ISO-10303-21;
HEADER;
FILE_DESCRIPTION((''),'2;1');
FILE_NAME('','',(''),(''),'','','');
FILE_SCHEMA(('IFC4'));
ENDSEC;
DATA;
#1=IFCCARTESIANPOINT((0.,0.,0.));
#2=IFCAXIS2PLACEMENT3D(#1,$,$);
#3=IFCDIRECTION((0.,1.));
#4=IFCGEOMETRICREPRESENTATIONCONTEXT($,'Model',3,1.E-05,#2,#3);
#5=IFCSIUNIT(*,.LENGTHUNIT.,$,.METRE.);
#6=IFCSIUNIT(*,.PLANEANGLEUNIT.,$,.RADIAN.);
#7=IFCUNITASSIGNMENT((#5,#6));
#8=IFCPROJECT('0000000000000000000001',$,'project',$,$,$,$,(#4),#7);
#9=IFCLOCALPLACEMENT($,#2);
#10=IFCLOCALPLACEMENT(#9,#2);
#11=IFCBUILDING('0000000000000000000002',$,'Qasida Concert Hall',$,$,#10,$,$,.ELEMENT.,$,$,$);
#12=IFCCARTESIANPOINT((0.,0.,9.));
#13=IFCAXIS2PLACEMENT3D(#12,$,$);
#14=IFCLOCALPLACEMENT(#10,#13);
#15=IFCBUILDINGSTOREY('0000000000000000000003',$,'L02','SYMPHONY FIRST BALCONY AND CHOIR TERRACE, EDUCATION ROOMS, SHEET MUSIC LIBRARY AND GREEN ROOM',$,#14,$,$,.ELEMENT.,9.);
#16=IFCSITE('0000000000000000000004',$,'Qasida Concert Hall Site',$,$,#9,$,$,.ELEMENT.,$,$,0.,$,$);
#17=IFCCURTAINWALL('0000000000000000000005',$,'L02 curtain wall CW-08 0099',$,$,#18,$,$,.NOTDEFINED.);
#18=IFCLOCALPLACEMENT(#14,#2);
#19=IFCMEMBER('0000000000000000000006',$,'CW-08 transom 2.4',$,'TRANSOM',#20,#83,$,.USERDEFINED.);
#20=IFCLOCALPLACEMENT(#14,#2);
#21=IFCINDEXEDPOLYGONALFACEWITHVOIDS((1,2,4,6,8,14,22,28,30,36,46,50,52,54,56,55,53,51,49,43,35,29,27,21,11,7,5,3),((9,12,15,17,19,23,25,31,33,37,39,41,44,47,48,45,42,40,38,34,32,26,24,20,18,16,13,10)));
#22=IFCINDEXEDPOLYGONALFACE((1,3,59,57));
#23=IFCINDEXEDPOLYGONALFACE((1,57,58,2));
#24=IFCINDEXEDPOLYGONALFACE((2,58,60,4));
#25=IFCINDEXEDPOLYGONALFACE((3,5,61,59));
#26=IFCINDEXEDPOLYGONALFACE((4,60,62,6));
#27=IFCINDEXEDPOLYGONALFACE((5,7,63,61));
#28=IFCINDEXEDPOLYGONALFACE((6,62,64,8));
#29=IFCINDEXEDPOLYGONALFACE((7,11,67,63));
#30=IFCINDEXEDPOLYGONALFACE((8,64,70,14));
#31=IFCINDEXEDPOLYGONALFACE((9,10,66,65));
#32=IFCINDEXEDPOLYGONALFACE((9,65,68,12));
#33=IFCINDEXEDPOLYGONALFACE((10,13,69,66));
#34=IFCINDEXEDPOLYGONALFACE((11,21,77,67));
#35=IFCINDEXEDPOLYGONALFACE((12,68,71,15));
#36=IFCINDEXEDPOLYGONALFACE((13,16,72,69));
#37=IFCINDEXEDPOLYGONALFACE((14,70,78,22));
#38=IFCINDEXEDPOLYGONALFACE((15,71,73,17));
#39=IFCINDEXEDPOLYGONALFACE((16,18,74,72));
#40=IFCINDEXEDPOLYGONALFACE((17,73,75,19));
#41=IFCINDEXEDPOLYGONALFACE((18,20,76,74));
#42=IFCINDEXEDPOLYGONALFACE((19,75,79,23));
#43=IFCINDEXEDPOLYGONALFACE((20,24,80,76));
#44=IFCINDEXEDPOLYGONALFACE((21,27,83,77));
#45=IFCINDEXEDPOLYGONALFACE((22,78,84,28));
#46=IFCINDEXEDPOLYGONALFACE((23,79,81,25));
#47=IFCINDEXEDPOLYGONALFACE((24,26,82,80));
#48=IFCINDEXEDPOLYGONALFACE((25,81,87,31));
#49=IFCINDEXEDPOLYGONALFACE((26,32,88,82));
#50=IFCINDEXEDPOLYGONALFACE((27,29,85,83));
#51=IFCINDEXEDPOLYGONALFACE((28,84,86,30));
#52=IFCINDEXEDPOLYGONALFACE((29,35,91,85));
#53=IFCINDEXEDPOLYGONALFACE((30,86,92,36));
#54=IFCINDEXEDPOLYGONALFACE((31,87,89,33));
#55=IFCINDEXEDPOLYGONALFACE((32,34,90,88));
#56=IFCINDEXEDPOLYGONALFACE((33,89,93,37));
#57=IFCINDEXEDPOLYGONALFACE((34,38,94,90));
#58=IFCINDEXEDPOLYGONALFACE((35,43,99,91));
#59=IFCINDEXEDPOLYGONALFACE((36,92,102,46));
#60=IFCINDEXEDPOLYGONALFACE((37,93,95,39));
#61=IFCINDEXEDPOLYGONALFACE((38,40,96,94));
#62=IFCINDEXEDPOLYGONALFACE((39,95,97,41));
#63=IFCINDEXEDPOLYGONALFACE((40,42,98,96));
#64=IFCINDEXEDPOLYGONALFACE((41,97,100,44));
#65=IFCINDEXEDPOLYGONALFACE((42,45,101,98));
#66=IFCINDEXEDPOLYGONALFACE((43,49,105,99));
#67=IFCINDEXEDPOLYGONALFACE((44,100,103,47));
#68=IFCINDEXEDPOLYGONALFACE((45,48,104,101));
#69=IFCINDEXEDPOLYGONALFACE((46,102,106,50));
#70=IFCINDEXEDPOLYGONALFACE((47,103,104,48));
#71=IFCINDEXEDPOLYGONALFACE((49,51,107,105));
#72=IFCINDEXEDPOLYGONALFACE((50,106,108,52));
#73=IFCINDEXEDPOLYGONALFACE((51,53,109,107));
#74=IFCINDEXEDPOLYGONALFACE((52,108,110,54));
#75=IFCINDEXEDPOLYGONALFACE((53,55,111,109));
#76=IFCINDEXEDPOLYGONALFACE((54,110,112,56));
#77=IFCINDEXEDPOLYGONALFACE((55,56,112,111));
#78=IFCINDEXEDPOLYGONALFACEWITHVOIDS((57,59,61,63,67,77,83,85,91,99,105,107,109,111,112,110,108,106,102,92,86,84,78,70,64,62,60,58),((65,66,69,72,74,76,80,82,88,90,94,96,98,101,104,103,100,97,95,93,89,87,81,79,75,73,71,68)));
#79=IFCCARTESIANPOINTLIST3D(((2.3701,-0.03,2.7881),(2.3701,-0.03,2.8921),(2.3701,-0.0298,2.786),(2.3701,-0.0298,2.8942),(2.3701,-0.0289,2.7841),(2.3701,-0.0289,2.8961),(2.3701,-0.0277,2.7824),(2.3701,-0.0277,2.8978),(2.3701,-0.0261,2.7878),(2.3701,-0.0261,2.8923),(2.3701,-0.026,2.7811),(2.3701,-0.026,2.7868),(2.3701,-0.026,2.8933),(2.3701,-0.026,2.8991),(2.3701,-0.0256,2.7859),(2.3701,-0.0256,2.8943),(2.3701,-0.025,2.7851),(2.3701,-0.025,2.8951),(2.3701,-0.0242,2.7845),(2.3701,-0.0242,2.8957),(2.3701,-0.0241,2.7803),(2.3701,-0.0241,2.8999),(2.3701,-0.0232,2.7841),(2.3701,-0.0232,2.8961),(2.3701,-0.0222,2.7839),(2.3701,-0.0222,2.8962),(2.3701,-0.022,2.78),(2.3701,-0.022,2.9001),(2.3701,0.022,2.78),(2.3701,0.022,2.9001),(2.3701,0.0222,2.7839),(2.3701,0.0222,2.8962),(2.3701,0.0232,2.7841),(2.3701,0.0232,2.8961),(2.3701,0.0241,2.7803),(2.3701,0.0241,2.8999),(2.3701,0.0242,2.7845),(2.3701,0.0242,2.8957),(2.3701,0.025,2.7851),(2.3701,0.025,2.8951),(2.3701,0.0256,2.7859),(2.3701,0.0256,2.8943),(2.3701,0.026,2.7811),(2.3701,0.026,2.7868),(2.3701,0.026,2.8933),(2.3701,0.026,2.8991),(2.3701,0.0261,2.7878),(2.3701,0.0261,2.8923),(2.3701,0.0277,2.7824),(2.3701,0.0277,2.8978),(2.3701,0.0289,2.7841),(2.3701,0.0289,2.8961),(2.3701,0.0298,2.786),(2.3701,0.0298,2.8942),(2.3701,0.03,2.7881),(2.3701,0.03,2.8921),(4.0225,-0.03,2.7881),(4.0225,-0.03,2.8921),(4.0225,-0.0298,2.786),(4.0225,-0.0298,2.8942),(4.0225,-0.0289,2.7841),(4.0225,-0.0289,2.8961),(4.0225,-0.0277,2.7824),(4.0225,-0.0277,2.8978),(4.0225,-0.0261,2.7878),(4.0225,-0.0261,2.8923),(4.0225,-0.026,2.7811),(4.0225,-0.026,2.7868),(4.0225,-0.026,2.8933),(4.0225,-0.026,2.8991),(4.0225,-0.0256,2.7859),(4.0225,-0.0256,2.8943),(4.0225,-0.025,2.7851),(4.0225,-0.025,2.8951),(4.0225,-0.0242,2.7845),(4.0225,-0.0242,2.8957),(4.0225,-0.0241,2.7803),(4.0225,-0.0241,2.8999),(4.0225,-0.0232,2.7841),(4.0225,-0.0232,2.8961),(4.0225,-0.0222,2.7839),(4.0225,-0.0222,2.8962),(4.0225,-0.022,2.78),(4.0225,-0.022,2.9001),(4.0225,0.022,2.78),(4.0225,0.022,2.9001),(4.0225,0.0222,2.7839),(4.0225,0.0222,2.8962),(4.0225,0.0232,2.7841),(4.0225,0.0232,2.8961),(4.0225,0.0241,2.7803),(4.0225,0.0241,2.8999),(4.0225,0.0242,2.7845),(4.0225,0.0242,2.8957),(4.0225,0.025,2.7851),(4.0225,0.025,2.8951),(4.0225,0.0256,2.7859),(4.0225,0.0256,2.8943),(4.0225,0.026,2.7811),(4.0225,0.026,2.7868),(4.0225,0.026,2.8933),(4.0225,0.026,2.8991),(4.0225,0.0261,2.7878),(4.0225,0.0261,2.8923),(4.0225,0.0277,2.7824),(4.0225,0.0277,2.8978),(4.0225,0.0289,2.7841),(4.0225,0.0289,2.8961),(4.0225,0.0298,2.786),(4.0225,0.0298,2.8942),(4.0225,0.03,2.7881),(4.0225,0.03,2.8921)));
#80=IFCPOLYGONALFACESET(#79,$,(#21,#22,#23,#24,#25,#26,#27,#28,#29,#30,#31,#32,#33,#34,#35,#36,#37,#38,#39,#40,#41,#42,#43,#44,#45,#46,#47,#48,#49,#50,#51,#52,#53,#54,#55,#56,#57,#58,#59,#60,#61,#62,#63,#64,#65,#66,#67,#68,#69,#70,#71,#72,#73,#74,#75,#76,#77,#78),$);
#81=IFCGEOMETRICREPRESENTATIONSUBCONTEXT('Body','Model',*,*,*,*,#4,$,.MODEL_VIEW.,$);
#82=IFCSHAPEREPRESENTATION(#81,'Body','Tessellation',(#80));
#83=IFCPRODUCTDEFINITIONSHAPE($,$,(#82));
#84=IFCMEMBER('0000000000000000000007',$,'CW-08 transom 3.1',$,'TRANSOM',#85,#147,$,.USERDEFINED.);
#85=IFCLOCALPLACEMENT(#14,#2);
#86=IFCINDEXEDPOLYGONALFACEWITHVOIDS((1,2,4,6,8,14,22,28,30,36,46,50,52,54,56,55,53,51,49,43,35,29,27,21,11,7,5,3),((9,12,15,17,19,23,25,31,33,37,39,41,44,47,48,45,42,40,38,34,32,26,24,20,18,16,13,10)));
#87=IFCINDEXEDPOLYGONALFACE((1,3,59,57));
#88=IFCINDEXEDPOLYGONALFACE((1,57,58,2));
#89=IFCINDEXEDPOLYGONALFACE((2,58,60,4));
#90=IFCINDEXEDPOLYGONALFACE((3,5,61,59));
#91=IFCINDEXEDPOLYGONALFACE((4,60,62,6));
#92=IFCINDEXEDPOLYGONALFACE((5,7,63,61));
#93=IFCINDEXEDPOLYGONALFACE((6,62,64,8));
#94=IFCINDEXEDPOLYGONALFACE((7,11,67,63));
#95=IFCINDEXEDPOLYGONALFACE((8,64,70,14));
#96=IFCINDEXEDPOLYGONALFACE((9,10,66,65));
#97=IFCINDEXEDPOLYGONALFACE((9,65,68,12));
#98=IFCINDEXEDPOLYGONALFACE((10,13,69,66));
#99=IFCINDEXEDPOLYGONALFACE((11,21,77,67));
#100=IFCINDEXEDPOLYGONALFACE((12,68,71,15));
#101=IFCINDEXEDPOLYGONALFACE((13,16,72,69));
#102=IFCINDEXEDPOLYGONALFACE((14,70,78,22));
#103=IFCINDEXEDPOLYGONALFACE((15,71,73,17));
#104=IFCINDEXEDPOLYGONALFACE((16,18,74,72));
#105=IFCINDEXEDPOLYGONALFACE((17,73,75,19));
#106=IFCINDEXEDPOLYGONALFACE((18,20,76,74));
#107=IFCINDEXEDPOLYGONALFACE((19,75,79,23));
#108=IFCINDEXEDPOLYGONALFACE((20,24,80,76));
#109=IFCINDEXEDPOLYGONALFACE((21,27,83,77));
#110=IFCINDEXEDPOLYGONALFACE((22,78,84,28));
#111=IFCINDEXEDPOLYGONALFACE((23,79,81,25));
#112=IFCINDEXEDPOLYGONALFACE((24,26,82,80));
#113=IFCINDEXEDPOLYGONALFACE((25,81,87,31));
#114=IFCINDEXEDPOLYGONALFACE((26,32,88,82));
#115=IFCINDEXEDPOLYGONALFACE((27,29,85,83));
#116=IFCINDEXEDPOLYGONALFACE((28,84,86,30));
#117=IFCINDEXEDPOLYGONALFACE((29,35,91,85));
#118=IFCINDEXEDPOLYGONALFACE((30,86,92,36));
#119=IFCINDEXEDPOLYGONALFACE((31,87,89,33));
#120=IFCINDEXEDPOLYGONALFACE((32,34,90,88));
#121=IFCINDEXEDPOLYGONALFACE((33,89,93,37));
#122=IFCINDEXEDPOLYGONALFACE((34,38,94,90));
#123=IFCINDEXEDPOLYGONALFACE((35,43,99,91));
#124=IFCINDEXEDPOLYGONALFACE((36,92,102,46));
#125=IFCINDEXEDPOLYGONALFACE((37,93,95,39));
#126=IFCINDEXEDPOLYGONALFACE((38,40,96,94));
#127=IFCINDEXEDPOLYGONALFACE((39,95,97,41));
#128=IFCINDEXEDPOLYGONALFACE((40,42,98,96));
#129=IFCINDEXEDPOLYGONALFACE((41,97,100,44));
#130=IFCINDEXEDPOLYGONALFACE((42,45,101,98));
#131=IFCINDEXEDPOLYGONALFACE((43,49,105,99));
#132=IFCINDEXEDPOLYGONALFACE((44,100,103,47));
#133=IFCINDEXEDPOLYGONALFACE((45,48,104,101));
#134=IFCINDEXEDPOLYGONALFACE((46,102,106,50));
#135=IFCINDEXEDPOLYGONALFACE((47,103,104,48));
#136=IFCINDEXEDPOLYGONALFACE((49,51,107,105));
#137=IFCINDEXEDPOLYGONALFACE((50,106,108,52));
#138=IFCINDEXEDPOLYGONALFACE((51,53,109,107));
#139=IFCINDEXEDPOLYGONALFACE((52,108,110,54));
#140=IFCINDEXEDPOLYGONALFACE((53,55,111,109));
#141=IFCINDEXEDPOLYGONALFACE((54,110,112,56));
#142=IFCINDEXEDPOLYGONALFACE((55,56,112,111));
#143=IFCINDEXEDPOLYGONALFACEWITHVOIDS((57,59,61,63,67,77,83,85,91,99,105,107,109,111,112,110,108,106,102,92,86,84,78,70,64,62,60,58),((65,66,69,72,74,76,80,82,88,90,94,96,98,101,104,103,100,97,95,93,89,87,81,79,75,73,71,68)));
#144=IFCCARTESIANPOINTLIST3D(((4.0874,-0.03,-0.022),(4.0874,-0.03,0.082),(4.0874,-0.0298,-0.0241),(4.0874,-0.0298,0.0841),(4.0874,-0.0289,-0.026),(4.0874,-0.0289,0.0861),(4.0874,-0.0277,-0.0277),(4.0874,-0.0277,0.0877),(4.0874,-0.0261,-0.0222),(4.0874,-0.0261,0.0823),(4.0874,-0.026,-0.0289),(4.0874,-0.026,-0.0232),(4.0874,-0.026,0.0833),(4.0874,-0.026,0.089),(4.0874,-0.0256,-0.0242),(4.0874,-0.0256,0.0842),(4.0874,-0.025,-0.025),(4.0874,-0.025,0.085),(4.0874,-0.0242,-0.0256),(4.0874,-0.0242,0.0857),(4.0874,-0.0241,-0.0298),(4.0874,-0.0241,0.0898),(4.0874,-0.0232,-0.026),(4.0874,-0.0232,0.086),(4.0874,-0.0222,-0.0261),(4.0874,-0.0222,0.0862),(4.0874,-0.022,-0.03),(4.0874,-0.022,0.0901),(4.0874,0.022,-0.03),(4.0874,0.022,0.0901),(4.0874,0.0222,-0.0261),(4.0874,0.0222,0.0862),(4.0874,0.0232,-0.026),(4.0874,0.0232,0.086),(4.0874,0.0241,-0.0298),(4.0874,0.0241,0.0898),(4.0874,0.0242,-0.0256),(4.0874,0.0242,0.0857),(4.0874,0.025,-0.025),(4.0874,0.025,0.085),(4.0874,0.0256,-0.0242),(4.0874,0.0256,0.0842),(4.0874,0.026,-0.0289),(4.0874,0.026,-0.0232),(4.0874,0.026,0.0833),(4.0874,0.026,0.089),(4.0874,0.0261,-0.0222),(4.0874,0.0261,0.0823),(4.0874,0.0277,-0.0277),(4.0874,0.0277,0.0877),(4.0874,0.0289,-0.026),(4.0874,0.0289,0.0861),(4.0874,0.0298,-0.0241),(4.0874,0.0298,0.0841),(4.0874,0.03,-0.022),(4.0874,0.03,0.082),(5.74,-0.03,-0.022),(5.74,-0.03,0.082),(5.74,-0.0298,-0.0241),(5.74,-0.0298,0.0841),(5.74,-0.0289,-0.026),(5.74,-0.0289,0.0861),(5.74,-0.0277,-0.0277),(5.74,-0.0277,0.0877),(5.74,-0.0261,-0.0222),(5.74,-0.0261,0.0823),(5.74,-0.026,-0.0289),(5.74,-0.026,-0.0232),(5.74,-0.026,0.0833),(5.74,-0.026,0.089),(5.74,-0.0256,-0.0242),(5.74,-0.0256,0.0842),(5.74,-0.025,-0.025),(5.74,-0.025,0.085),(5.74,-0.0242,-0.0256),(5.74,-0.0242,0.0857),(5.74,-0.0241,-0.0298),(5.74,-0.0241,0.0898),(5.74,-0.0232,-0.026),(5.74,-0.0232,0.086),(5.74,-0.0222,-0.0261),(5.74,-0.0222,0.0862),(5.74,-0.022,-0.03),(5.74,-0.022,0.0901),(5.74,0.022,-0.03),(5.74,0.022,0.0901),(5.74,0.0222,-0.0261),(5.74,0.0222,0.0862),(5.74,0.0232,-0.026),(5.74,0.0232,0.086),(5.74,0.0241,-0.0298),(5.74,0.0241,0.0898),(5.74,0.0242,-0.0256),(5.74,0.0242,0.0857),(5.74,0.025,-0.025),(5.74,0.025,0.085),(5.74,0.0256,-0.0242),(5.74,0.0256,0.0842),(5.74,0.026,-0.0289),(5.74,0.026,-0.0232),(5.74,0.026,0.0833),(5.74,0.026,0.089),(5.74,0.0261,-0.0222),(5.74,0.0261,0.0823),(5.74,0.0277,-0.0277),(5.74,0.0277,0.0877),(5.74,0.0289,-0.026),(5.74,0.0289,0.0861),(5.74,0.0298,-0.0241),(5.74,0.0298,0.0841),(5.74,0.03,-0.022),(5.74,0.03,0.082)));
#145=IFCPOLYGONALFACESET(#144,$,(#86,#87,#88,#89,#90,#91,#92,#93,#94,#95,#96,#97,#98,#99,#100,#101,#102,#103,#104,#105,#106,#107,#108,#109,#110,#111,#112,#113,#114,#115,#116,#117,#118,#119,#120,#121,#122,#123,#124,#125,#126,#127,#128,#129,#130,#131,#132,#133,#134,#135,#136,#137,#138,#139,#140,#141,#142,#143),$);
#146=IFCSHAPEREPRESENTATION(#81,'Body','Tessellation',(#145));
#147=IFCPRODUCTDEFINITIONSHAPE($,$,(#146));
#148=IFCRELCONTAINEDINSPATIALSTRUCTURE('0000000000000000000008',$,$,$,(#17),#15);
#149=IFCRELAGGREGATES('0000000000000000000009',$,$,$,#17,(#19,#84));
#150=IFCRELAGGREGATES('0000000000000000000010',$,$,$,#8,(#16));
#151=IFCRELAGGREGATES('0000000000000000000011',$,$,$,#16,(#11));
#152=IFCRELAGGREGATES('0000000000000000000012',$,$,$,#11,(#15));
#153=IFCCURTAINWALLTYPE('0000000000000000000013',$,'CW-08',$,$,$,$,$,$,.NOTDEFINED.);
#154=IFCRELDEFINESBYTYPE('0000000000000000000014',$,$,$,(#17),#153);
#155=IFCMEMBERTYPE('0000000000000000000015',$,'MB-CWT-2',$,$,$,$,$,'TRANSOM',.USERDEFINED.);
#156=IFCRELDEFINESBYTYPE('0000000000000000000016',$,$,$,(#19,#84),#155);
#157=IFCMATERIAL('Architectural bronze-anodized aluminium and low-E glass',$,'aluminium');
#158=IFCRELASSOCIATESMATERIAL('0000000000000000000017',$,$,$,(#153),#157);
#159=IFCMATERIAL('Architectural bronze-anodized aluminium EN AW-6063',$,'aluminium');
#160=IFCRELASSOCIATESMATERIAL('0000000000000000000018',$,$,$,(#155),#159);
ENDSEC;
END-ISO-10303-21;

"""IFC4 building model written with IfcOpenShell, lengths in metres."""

from ifc_helpers import new_model, si_unit, direction, frame, origin, origin_2d, place, context, subcontext, project, spatial, hollow_rectangle, extrude, material, material_profile, profile_set, type_object, element, aggregate, save


model = new_model("IFC4")

# Units and contexts
model_context = context("Model", 3, precision=1e-05, world=origin(), true_north=direction((0.0, 1.0)))
body_context = subcontext(model_context, "Body", "Model", "MODEL_VIEW")
ifc_project = project(units=[si_unit("LENGTHUNIT", "METRE"), si_unit("PLANEANGLEUNIT", "RADIAN")], contexts=[model_context])

# Site, building, storey
site_placement = place(None, origin())
site = spatial("IfcSite", under=ifc_project, at=site_placement, Name="Qasida Concert Hall Site", CompositionType="ELEMENT", RefElevation=0.0)
building_placement = place(site_placement, origin())
building = spatial("IfcBuilding", under=site, at=building_placement, Name="Qasida Concert Hall", CompositionType="ELEMENT")
storey_placement = place(building_placement, frame((0.0, 0.0, 9.0)))
storey = spatial("IfcBuildingStorey", under=building, at=storey_placement, Name="L02", Description="SYMPHONY FIRST BALCONY AND CHOIR TERRACE, EDUCATION ROOMS, SHEET MUSIC LIBRARY AND GREEN ROOM", CompositionType="ELEMENT", Elevation=9.0)

# Curtain wall, members
ifc_material_1 = material(Name="Architectural bronze-anodized aluminium and low-E glass", Category="aluminium")
curtain_wall_type = type_object("IfcCurtainWallType", Name="CW-08", PredefinedType="NOTDEFINED", material=ifc_material_1)
curtain_wall_placement = place(storey_placement, origin())
curtain_wall = element("IfcCurtainWall", 1, at=curtain_wall_placement, inside=storey, type_object=curtain_wall_type, Name="L02 curtain wall CW-08 0099", PredefinedType="NOTDEFINED")
ifc_material_2 = material(Name="Architectural bronze-anodized aluminium EN AW-6063", Category="aluminium")
ifc_material_profile_1 = material_profile(ifc_material_2, hollow_rectangle(XDim=0.0601, YDim=0.1201, WallThickness=0.0039, InnerFilletRadius=0.0039, OuterFilletRadius=0.0081, at=origin_2d()), Name="CWT 120x60x4")
ifc_profile_set_1 = profile_set([ifc_material_profile_1], Name="Architectural bronze-anodized aluminium EN AW-6063")
member_type_1 = type_object("IfcMemberType", Name="MB-CWT-2", ElementType="TRANSOM", PredefinedType="USERDEFINED", material=ifc_profile_set_1)
member_1_placement = place(storey_placement, frame((2.3701, 0.0, 2.8401), z_axis=(1.0, 0.0, 0.0), x_axis=(0.0, 1.0, 0.0)))
member_1 = element("IfcMember", 2, at=member_1_placement, type_object=member_type_1, Name="CW-08 transom 2.4", ObjectType="TRANSOM", PredefinedType="USERDEFINED", context=body_context, shape_type="SweptSolid", body=[
    extrude(hollow_rectangle(XDim=0.0601, YDim=0.1201, WallThickness=0.0039, InnerFilletRadius=0.0039, OuterFilletRadius=0.0081, at=origin_2d()), origin(), (0.0, 0.0, 1.0), 1.6523),
])
member_2_placement = place(storey_placement, frame((4.0874, 0.0, 0.03), z_axis=(1.0, 0.0, 0.0), x_axis=(0.0, 1.0, 0.0)))
member_2 = element("IfcMember", 3, at=member_2_placement, type_object=member_type_1, Name="CW-08 transom 3.1", ObjectType="TRANSOM", PredefinedType="USERDEFINED", context=body_context, shape_type="SweptSolid", body=[
    extrude(hollow_rectangle(XDim=0.0601, YDim=0.1201, WallThickness=0.0039, InnerFilletRadius=0.0039, OuterFilletRadius=0.0081, at=origin_2d()), origin(), (0.0, 0.0, 1.0), 1.6526),
])
aggregate(curtain_wall, [member_1, member_2])

save(model, "model.ifc")
